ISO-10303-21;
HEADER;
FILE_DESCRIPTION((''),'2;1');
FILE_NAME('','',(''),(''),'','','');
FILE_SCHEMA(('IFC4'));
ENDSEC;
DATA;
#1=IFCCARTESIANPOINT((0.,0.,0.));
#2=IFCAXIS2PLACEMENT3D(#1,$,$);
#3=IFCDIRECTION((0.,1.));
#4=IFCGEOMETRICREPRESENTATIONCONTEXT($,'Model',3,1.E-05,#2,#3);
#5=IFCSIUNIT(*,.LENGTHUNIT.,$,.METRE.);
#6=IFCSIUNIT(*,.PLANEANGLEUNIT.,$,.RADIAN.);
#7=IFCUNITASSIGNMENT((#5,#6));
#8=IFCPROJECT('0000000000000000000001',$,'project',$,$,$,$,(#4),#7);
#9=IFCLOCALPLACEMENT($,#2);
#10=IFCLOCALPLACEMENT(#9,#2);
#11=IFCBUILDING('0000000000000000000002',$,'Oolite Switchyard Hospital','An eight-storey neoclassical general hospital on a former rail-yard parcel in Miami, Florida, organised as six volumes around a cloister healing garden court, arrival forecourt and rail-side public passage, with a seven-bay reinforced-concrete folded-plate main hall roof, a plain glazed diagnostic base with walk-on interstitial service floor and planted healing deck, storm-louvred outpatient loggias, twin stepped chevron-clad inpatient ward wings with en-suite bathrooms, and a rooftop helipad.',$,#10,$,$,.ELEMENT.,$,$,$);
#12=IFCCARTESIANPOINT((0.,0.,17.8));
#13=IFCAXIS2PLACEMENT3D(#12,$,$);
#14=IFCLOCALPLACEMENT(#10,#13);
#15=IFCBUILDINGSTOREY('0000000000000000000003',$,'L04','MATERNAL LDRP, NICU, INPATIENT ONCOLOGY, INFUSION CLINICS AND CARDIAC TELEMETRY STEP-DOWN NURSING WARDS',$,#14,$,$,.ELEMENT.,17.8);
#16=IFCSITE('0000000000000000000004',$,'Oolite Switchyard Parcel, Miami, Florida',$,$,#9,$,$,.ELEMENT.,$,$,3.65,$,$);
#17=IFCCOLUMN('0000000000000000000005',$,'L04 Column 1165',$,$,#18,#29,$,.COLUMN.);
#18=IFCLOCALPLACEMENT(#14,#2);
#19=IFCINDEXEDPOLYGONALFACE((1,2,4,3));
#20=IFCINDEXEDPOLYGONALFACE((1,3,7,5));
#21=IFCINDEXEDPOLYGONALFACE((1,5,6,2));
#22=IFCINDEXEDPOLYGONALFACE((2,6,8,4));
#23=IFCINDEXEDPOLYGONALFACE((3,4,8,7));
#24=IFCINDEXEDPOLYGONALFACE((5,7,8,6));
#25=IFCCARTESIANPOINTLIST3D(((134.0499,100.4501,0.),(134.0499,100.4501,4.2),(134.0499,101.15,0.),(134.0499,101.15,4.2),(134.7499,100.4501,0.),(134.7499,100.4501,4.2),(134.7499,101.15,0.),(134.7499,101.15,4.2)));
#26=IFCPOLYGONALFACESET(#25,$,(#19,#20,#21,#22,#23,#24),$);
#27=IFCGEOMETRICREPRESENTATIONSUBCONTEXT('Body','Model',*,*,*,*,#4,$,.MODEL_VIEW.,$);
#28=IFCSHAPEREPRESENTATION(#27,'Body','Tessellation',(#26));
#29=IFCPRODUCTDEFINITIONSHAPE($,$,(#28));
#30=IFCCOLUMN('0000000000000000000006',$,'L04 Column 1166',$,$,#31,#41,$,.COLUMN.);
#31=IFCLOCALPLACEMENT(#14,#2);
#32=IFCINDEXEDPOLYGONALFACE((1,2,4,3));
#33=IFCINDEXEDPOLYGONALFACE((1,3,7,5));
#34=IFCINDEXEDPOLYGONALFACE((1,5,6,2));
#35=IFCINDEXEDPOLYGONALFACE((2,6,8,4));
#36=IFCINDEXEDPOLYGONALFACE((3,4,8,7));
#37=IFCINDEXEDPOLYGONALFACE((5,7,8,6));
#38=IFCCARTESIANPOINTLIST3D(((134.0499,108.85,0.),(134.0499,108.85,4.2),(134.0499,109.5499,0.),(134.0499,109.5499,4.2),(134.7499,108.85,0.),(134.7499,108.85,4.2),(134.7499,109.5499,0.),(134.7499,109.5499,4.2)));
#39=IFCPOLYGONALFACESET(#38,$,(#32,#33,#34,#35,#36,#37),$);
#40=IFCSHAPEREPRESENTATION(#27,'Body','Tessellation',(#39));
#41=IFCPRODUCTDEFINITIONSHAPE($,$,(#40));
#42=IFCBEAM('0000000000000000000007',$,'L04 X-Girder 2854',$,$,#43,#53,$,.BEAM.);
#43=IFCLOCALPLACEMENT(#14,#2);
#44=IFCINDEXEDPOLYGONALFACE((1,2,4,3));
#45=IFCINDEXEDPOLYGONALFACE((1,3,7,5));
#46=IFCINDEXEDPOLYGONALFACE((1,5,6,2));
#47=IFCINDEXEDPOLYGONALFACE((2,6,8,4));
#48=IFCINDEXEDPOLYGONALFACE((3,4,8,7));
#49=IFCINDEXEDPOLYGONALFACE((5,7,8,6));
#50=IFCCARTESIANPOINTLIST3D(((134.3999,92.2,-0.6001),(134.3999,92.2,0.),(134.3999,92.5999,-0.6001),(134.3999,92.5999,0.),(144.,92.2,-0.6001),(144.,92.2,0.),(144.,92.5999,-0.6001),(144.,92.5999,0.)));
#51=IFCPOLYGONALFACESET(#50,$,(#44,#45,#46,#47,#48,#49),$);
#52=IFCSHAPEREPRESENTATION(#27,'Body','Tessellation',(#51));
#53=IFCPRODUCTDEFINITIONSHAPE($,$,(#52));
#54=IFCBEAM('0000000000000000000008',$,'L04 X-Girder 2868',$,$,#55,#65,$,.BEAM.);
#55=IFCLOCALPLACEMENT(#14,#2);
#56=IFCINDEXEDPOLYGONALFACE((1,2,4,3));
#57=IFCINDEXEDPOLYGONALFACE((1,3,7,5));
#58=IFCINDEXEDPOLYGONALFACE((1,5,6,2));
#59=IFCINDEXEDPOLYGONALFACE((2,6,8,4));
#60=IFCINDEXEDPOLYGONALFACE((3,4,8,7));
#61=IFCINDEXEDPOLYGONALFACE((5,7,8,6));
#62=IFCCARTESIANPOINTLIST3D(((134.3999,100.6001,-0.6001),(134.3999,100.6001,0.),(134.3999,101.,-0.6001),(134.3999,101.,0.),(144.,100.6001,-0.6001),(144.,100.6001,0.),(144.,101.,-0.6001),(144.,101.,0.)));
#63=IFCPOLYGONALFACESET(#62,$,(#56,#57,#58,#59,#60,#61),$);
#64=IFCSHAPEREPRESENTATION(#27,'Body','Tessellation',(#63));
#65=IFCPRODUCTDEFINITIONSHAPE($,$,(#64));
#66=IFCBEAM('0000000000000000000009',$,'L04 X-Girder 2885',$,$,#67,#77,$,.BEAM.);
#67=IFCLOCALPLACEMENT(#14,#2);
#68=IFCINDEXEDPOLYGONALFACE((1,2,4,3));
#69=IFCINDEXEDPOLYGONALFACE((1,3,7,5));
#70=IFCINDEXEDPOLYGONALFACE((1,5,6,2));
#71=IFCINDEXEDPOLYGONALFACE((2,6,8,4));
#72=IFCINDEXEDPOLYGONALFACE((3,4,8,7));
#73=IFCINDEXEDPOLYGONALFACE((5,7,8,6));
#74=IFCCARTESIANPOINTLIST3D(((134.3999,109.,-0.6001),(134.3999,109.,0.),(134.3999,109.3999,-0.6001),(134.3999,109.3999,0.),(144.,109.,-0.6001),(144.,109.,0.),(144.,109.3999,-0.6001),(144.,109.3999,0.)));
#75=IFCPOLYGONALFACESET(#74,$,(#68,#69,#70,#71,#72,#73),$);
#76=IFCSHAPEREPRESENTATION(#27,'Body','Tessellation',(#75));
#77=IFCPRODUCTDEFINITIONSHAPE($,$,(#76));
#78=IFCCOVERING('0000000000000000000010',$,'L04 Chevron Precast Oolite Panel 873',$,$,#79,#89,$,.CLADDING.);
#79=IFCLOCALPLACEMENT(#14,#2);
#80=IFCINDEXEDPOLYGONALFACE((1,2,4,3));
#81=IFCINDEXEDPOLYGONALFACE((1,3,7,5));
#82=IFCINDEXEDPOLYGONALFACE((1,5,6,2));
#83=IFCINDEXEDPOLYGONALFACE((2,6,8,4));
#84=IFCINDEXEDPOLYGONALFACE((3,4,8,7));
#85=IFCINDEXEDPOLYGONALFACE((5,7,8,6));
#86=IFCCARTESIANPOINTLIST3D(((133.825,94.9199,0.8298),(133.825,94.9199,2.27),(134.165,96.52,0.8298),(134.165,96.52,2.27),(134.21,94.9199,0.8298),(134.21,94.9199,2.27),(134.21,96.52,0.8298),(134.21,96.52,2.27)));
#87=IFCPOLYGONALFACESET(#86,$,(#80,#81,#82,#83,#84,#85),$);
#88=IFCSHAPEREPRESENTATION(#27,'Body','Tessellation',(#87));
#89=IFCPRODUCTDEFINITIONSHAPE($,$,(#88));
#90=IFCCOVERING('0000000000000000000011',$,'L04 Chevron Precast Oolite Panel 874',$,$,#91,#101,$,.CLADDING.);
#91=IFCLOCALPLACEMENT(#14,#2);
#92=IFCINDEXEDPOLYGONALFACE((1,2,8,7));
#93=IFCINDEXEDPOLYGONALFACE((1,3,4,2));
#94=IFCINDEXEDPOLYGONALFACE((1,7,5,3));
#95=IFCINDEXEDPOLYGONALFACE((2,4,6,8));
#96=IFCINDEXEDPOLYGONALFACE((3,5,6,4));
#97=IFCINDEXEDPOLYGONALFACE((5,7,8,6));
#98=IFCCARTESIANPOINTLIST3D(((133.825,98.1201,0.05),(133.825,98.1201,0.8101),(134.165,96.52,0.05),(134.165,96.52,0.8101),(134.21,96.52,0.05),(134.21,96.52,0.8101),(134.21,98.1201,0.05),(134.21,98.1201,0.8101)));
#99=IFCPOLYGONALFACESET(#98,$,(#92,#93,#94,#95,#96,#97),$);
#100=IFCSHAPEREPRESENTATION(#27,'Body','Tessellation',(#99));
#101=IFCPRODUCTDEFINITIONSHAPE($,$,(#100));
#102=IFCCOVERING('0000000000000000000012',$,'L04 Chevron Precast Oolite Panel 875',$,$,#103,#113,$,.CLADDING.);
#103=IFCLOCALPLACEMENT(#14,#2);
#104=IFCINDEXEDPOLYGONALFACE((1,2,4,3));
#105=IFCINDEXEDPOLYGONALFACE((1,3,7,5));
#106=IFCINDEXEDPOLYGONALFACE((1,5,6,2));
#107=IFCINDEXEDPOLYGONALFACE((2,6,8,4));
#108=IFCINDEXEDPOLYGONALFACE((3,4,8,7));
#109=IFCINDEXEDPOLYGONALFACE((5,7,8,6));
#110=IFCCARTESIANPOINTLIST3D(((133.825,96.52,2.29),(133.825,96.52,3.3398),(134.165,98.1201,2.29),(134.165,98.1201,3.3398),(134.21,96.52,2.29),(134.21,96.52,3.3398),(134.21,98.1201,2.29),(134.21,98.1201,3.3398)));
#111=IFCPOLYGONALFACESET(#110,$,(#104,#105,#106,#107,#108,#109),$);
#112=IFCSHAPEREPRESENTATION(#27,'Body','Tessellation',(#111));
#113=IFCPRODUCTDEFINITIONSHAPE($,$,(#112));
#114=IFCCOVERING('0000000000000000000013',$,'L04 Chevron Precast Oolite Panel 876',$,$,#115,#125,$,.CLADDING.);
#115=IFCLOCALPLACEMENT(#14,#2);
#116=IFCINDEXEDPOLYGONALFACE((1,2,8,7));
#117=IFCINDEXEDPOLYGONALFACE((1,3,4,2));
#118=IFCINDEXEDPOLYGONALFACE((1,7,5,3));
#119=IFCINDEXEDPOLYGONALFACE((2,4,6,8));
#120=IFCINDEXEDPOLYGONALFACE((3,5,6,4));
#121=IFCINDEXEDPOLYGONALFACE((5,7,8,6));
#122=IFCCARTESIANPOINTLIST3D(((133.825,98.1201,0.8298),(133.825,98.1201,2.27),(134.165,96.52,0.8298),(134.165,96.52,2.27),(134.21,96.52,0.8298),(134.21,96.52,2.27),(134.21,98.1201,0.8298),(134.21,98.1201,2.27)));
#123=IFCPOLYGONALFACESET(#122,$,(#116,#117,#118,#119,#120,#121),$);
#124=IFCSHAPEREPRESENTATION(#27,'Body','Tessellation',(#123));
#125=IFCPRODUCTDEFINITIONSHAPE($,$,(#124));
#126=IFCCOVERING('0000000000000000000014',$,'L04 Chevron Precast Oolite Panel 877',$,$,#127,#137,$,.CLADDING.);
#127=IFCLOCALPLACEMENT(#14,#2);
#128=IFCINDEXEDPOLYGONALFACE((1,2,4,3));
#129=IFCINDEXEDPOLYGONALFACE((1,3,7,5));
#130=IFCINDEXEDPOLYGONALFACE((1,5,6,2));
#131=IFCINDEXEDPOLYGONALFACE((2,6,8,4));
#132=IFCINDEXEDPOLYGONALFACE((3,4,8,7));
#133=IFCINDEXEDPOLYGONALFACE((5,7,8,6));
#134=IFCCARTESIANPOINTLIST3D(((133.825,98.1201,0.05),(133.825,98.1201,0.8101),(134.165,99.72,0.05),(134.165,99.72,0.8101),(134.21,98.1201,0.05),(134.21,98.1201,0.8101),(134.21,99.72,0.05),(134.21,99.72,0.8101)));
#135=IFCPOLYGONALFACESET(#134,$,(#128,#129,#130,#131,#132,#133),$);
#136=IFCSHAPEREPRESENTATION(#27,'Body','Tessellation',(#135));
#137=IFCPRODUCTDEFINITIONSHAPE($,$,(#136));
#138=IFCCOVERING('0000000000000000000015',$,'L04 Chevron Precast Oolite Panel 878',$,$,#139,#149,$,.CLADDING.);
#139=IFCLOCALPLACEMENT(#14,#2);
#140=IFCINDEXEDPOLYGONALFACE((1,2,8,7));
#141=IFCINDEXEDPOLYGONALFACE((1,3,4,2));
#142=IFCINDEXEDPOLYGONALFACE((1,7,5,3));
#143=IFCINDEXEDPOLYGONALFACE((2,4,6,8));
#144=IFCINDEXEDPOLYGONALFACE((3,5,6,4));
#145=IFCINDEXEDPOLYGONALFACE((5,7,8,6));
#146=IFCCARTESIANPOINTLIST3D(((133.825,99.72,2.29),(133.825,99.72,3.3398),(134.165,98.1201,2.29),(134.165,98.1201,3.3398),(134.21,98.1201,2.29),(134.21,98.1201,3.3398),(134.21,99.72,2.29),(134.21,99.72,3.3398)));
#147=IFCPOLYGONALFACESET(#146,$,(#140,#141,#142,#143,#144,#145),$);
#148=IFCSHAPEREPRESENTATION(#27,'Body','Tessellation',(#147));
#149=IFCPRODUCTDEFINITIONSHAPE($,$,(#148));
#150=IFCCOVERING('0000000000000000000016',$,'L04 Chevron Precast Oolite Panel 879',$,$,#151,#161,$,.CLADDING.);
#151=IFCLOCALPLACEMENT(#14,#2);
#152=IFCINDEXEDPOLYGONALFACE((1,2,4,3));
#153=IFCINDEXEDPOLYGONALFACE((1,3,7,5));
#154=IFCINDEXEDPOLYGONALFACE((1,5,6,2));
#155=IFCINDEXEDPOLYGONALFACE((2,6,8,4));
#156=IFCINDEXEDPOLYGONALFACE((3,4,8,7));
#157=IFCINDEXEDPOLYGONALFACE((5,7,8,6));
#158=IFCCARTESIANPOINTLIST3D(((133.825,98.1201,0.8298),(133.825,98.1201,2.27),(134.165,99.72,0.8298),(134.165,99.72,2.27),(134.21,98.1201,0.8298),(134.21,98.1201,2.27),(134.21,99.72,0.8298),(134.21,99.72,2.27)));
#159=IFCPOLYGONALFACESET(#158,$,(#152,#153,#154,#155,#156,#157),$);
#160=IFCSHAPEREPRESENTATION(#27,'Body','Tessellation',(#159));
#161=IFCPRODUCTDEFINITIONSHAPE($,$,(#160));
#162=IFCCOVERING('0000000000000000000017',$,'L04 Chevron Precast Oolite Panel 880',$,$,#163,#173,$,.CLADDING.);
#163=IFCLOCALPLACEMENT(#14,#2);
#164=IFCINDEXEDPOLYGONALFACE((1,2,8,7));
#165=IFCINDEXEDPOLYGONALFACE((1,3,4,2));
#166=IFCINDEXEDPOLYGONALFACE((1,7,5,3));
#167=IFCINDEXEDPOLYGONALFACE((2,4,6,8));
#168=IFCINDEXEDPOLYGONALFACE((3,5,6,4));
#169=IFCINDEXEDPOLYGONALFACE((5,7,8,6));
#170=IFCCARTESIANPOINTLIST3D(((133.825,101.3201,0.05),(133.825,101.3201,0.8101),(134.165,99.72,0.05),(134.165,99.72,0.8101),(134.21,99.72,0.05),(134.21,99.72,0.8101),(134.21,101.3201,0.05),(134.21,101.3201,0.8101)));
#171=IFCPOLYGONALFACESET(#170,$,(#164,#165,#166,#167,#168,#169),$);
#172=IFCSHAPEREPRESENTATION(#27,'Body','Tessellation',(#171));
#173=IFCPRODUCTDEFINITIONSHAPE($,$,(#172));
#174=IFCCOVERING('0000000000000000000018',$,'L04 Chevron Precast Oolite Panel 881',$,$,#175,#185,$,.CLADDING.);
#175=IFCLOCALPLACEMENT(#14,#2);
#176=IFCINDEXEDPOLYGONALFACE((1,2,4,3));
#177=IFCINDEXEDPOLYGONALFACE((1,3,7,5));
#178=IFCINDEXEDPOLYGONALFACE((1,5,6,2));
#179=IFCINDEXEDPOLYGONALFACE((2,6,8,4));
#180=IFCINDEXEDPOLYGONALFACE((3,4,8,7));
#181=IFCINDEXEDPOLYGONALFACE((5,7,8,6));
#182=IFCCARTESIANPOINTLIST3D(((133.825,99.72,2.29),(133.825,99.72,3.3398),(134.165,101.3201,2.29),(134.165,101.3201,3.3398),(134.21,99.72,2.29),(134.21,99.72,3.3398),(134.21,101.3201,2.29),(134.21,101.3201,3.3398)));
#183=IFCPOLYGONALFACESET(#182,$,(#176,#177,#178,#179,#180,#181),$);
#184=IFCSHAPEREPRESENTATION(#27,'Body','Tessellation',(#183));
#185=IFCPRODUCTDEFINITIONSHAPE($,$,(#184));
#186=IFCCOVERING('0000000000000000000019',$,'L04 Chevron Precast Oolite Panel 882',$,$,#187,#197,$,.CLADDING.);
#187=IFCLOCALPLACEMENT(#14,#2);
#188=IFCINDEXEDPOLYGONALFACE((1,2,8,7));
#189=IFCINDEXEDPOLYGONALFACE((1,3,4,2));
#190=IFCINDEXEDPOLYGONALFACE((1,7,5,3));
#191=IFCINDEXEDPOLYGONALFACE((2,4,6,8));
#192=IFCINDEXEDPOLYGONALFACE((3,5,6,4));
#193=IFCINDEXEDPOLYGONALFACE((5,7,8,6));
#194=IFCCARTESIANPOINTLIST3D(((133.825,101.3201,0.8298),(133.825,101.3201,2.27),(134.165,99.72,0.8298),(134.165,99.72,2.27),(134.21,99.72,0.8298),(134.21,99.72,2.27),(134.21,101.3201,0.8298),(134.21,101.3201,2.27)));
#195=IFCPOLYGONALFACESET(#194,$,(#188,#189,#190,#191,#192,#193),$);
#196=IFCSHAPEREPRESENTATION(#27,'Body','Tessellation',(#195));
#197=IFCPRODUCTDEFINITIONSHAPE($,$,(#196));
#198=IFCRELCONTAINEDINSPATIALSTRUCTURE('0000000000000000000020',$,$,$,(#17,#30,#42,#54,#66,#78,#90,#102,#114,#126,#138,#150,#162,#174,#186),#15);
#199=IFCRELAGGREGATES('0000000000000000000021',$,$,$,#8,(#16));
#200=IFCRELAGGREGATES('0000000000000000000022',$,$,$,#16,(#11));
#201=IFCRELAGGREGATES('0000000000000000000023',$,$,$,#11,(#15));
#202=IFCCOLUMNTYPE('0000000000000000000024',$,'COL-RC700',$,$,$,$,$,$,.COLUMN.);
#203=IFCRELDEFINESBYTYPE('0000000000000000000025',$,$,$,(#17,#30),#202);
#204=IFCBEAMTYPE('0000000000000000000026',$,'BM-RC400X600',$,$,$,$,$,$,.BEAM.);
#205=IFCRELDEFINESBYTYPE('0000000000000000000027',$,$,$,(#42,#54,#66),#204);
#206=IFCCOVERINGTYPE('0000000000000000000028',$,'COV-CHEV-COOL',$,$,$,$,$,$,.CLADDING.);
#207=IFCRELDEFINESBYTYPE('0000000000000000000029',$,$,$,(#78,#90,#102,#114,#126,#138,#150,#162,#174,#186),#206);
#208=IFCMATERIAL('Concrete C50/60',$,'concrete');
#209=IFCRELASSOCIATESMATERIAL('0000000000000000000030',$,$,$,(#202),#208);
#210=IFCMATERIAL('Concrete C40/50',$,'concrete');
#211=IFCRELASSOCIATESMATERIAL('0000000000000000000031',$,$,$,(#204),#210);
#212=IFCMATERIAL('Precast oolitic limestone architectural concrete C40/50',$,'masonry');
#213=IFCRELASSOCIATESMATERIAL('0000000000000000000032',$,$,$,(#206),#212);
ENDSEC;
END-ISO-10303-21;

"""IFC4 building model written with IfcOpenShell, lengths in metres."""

from ifc_helpers import new_model, si_unit, direction, frame, origin, origin_2d, place, context, subcontext, project, spatial, polyline, rectangle, outline, extrude, material, material_profile, profile_set, type_object, element, save


model = new_model("IFC4")

# Units and contexts
model_context = context("Model", 3, precision=1e-05, world=origin(), true_north=direction((0.0, 1.0)))
body_context = subcontext(model_context, "Body", "Model", "MODEL_VIEW")
ifc_project = project(units=[si_unit("LENGTHUNIT", "METRE"), si_unit("PLANEANGLEUNIT", "RADIAN")], contexts=[model_context])

# Site, building, storey
site_placement = place(None, origin())
site = spatial("IfcSite", under=ifc_project, at=site_placement, Name="Oolite Switchyard Parcel, Miami, Florida", CompositionType="ELEMENT", RefElevation=3.65)
building_placement = place(site_placement, origin())
building = spatial("IfcBuilding", under=site, at=building_placement, Name="Oolite Switchyard Hospital", Description="An eight-storey neoclassical general hospital on a former rail-yard parcel in Miami, Florida, organised as six volumes around a cloister healing garden court, arrival forecourt and rail-side public passage, with a seven-bay reinforced-concrete folded-plate main hall roof, a plain glazed diagnostic base with walk-on interstitial service floor and planted healing deck, storm-louvred outpatient loggias, twin stepped chevron-clad inpatient ward wings with en-suite bathrooms, and a rooftop helipad.", CompositionType="ELEMENT")
storey_placement = place(building_placement, frame((0.0, 0.0, 17.8)))
storey = spatial("IfcBuildingStorey", under=building, at=storey_placement, Name="L04", Description="MATERNAL LDRP, NICU, INPATIENT ONCOLOGY, INFUSION CLINICS AND CARDIAC TELEMETRY STEP-DOWN NURSING WARDS", CompositionType="ELEMENT", Elevation=17.8)

# Columns
ifc_material_1 = material(Name="Concrete C50/60", Category="concrete")
ifc_material_profile_1 = material_profile(ifc_material_1, rectangle(XDim=0.7, YDim=0.7, at=origin_2d()), Name="RC700X700")
ifc_profile_set_1 = profile_set([ifc_material_profile_1], Name="Concrete C50/60")
column_type = type_object("IfcColumnType", Name="COL-RC700", PredefinedType="COLUMN", material=ifc_profile_set_1)
for number, where, z_axis, x_axis, name in (
    (1, (134.3999, 100.8, 0.0), (0.0, 0.0, 1.0), (1.0, 0.0, 0.0), "L04 Column 1165"),
    (2, (134.3999, 109.2, 0.0), (0.0, 0.0, 1.0), (1.0, 0.0, 0.0), "L04 Column 1166"),
):
    element("IfcColumn", number, at=place(storey_placement, frame(where, z_axis=z_axis, x_axis=x_axis)), inside=storey, type_object=column_type, Name=name, PredefinedType="COLUMN", context=body_context, shape_type="SweptSolid", body=[
        extrude(rectangle(XDim=0.7, YDim=0.7, at=origin_2d()), origin(), (0.0, 0.0, 1.0), 4.2),
    ])

# Beams
ifc_material_2 = material(Name="Concrete C40/50", Category="concrete")
ifc_material_profile_2 = material_profile(ifc_material_2, rectangle(XDim=0.3999, YDim=0.6001, at=origin_2d()), Name="RCB400X600")
ifc_profile_set_2 = profile_set([ifc_material_profile_2], Name="Concrete C40/50")
beam_type = type_object("IfcBeamType", Name="BM-RC400X600", PredefinedType="BEAM", material=ifc_profile_set_2)
for number, where, z_axis, x_axis, name in (
    (3, (134.3999, 92.3999, -0.3), (1.0, 0.0, 0.0), (0.0, 1.0, 0.0), "L04 X-Girder 2854"),
    (4, (134.3999, 100.8, -0.3), (1.0, 0.0, 0.0), (0.0, 1.0, 0.0), "L04 X-Girder 2868"),
    (5, (134.3999, 109.2, -0.3), (1.0, 0.0, 0.0), (0.0, 1.0, 0.0), "L04 X-Girder 2885"),
):
    element("IfcBeam", number, at=place(storey_placement, frame(where, z_axis=z_axis, x_axis=x_axis)), inside=storey, type_object=beam_type, Name=name, PredefinedType="BEAM", context=body_context, shape_type="SweptSolid", body=[
        extrude(rectangle(XDim=0.3999, YDim=0.6001, at=origin_2d()), origin(), (0.0, 0.0, 1.0), 9.6001),
    ])

# Coverings
ifc_material_3 = material(Name="Precast oolitic limestone architectural concrete C40/50", Category="masonry")
covering_type = type_object("IfcCoveringType", Name="COV-CHEV-COOL", PredefinedType="CLADDING", material=ifc_material_3)
covering_1_placement = place(storey_placement, frame((134.21, 94.9199, 0.8298), z_axis=(0.0, 0.0, 1.0), x_axis=(0.0, 1.0, 0.0)))
element("IfcCovering", 6, at=covering_1_placement, inside=storey, type_object=covering_type, Name="L04 Chevron Precast Oolite Panel 873", PredefinedType="CLADDING", context=body_context, shape_type="SweptSolid", body=[
    extrude(outline(polyline([(0.0, 0.0), (1.6001, 0.0), (1.6001, 0.0449), (0.0, 0.385), (0.0, 0.0)])), origin(), (0.0, 0.0, 1.0), 1.4402),
])
covering_2_placement = place(storey_placement, frame((134.21, 96.52, 0.05), z_axis=(0.0, 0.0, 1.0), x_axis=(0.0, 1.0, 0.0)))
element("IfcCovering", 7, at=covering_2_placement, inside=storey, type_object=covering_type, Name="L04 Chevron Precast Oolite Panel 874", PredefinedType="CLADDING", context=body_context, shape_type="SweptSolid", body=[
    extrude(outline(polyline([(0.0, 0.0), (1.6001, 0.0), (1.6001, 0.385), (0.0, 0.0449), (0.0, 0.0)])), origin(), (0.0, 0.0, 1.0), 0.76),
])
covering_3_placement = place(storey_placement, frame((134.21, 96.52, 2.29), z_axis=(0.0, 0.0, 1.0), x_axis=(0.0, 1.0, 0.0)))
element("IfcCovering", 8, at=covering_3_placement, inside=storey, type_object=covering_type, Name="L04 Chevron Precast Oolite Panel 875", PredefinedType="CLADDING", context=body_context, shape_type="SweptSolid", body=[
    extrude(outline(polyline([(0.0, 0.0), (1.6001, 0.0), (1.6001, 0.0449), (0.0, 0.385), (0.0, 0.0)])), origin(), (0.0, 0.0, 1.0), 1.0498),
])
covering_4_placement = place(storey_placement, frame((134.21, 96.52, 0.8298), z_axis=(0.0, 0.0, 1.0), x_axis=(0.0, 1.0, 0.0)))
element("IfcCovering", 9, at=covering_4_placement, inside=storey, type_object=covering_type, Name="L04 Chevron Precast Oolite Panel 876", PredefinedType="CLADDING", context=body_context, shape_type="SweptSolid", body=[
    extrude(outline(polyline([(0.0, 0.0), (1.6001, 0.0), (1.6001, 0.385), (0.0, 0.0449), (0.0, 0.0)])), origin(), (0.0, 0.0, 1.0), 1.4402),
])
covering_5_placement = place(storey_placement, frame((134.21, 98.1201, 0.05), z_axis=(0.0, 0.0, 1.0), x_axis=(0.0, 1.0, 0.0)))
element("IfcCovering", 10, at=covering_5_placement, inside=storey, type_object=covering_type, Name="L04 Chevron Precast Oolite Panel 877", PredefinedType="CLADDING", context=body_context, shape_type="SweptSolid", body=[
    extrude(outline(polyline([(0.0, 0.0), (1.5999, 0.0), (1.5999, 0.0449), (0.0, 0.385), (0.0, 0.0)])), origin(), (0.0, 0.0, 1.0), 0.76),
])
covering_6_placement = place(storey_placement, frame((134.21, 98.1201, 2.29), z_axis=(0.0, 0.0, 1.0), x_axis=(0.0, 1.0, 0.0)))
element("IfcCovering", 11, at=covering_6_placement, inside=storey, type_object=covering_type, Name="L04 Chevron Precast Oolite Panel 878", PredefinedType="CLADDING", context=body_context, shape_type="SweptSolid", body=[
    extrude(outline(polyline([(0.0, 0.0), (1.5999, 0.0), (1.5999, 0.385), (0.0, 0.0449), (0.0, 0.0)])), origin(), (0.0, 0.0, 1.0), 1.0498),
])
covering_7_placement = place(storey_placement, frame((134.21, 98.1201, 0.8298), z_axis=(0.0, 0.0, 1.0), x_axis=(0.0, 1.0, 0.0)))
element("IfcCovering", 12, at=covering_7_placement, inside=storey, type_object=covering_type, Name="L04 Chevron Precast Oolite Panel 879", PredefinedType="CLADDING", context=body_context, shape_type="SweptSolid", body=[
    extrude(outline(polyline([(0.0, 0.0), (1.5999, 0.0), (1.5999, 0.0449), (0.0, 0.385), (0.0, 0.0)])), origin(), (0.0, 0.0, 1.0), 1.4402),
])
covering_8_placement = place(storey_placement, frame((134.21, 99.72, 0.05), z_axis=(0.0, 0.0, 1.0), x_axis=(0.0, 1.0, 0.0)))
element("IfcCovering", 13, at=covering_8_placement, inside=storey, type_object=covering_type, Name="L04 Chevron Precast Oolite Panel 880", PredefinedType="CLADDING", context=body_context, shape_type="SweptSolid", body=[
    extrude(outline(polyline([(0.0, 0.0), (1.6001, 0.0), (1.6001, 0.385), (0.0, 0.0449), (0.0, 0.0)])), origin(), (0.0, 0.0, 1.0), 0.76),
])
covering_9_placement = place(storey_placement, frame((134.21, 99.72, 2.29), z_axis=(0.0, 0.0, 1.0), x_axis=(0.0, 1.0, 0.0)))
element("IfcCovering", 14, at=covering_9_placement, inside=storey, type_object=covering_type, Name="L04 Chevron Precast Oolite Panel 881", PredefinedType="CLADDING", context=body_context, shape_type="SweptSolid", body=[
    extrude(outline(polyline([(0.0, 0.0), (1.6001, 0.0), (1.6001, 0.0449), (0.0, 0.385), (0.0, 0.0)])), origin(), (0.0, 0.0, 1.0), 1.0498),
])
covering_10_placement = place(storey_placement, frame((134.21, 99.72, 0.8298), z_axis=(0.0, 0.0, 1.0), x_axis=(0.0, 1.0, 0.0)))
element("IfcCovering", 15, at=covering_10_placement, inside=storey, type_object=covering_type, Name="L04 Chevron Precast Oolite Panel 882", PredefinedType="CLADDING", context=body_context, shape_type="SweptSolid", body=[
    extrude(outline(polyline([(0.0, 0.0), (1.6001, 0.0), (1.6001, 0.385), (0.0, 0.0449), (0.0, 0.0)])), origin(), (0.0, 0.0, 1.0), 1.4402),
])

save(model, "model.ifc")
